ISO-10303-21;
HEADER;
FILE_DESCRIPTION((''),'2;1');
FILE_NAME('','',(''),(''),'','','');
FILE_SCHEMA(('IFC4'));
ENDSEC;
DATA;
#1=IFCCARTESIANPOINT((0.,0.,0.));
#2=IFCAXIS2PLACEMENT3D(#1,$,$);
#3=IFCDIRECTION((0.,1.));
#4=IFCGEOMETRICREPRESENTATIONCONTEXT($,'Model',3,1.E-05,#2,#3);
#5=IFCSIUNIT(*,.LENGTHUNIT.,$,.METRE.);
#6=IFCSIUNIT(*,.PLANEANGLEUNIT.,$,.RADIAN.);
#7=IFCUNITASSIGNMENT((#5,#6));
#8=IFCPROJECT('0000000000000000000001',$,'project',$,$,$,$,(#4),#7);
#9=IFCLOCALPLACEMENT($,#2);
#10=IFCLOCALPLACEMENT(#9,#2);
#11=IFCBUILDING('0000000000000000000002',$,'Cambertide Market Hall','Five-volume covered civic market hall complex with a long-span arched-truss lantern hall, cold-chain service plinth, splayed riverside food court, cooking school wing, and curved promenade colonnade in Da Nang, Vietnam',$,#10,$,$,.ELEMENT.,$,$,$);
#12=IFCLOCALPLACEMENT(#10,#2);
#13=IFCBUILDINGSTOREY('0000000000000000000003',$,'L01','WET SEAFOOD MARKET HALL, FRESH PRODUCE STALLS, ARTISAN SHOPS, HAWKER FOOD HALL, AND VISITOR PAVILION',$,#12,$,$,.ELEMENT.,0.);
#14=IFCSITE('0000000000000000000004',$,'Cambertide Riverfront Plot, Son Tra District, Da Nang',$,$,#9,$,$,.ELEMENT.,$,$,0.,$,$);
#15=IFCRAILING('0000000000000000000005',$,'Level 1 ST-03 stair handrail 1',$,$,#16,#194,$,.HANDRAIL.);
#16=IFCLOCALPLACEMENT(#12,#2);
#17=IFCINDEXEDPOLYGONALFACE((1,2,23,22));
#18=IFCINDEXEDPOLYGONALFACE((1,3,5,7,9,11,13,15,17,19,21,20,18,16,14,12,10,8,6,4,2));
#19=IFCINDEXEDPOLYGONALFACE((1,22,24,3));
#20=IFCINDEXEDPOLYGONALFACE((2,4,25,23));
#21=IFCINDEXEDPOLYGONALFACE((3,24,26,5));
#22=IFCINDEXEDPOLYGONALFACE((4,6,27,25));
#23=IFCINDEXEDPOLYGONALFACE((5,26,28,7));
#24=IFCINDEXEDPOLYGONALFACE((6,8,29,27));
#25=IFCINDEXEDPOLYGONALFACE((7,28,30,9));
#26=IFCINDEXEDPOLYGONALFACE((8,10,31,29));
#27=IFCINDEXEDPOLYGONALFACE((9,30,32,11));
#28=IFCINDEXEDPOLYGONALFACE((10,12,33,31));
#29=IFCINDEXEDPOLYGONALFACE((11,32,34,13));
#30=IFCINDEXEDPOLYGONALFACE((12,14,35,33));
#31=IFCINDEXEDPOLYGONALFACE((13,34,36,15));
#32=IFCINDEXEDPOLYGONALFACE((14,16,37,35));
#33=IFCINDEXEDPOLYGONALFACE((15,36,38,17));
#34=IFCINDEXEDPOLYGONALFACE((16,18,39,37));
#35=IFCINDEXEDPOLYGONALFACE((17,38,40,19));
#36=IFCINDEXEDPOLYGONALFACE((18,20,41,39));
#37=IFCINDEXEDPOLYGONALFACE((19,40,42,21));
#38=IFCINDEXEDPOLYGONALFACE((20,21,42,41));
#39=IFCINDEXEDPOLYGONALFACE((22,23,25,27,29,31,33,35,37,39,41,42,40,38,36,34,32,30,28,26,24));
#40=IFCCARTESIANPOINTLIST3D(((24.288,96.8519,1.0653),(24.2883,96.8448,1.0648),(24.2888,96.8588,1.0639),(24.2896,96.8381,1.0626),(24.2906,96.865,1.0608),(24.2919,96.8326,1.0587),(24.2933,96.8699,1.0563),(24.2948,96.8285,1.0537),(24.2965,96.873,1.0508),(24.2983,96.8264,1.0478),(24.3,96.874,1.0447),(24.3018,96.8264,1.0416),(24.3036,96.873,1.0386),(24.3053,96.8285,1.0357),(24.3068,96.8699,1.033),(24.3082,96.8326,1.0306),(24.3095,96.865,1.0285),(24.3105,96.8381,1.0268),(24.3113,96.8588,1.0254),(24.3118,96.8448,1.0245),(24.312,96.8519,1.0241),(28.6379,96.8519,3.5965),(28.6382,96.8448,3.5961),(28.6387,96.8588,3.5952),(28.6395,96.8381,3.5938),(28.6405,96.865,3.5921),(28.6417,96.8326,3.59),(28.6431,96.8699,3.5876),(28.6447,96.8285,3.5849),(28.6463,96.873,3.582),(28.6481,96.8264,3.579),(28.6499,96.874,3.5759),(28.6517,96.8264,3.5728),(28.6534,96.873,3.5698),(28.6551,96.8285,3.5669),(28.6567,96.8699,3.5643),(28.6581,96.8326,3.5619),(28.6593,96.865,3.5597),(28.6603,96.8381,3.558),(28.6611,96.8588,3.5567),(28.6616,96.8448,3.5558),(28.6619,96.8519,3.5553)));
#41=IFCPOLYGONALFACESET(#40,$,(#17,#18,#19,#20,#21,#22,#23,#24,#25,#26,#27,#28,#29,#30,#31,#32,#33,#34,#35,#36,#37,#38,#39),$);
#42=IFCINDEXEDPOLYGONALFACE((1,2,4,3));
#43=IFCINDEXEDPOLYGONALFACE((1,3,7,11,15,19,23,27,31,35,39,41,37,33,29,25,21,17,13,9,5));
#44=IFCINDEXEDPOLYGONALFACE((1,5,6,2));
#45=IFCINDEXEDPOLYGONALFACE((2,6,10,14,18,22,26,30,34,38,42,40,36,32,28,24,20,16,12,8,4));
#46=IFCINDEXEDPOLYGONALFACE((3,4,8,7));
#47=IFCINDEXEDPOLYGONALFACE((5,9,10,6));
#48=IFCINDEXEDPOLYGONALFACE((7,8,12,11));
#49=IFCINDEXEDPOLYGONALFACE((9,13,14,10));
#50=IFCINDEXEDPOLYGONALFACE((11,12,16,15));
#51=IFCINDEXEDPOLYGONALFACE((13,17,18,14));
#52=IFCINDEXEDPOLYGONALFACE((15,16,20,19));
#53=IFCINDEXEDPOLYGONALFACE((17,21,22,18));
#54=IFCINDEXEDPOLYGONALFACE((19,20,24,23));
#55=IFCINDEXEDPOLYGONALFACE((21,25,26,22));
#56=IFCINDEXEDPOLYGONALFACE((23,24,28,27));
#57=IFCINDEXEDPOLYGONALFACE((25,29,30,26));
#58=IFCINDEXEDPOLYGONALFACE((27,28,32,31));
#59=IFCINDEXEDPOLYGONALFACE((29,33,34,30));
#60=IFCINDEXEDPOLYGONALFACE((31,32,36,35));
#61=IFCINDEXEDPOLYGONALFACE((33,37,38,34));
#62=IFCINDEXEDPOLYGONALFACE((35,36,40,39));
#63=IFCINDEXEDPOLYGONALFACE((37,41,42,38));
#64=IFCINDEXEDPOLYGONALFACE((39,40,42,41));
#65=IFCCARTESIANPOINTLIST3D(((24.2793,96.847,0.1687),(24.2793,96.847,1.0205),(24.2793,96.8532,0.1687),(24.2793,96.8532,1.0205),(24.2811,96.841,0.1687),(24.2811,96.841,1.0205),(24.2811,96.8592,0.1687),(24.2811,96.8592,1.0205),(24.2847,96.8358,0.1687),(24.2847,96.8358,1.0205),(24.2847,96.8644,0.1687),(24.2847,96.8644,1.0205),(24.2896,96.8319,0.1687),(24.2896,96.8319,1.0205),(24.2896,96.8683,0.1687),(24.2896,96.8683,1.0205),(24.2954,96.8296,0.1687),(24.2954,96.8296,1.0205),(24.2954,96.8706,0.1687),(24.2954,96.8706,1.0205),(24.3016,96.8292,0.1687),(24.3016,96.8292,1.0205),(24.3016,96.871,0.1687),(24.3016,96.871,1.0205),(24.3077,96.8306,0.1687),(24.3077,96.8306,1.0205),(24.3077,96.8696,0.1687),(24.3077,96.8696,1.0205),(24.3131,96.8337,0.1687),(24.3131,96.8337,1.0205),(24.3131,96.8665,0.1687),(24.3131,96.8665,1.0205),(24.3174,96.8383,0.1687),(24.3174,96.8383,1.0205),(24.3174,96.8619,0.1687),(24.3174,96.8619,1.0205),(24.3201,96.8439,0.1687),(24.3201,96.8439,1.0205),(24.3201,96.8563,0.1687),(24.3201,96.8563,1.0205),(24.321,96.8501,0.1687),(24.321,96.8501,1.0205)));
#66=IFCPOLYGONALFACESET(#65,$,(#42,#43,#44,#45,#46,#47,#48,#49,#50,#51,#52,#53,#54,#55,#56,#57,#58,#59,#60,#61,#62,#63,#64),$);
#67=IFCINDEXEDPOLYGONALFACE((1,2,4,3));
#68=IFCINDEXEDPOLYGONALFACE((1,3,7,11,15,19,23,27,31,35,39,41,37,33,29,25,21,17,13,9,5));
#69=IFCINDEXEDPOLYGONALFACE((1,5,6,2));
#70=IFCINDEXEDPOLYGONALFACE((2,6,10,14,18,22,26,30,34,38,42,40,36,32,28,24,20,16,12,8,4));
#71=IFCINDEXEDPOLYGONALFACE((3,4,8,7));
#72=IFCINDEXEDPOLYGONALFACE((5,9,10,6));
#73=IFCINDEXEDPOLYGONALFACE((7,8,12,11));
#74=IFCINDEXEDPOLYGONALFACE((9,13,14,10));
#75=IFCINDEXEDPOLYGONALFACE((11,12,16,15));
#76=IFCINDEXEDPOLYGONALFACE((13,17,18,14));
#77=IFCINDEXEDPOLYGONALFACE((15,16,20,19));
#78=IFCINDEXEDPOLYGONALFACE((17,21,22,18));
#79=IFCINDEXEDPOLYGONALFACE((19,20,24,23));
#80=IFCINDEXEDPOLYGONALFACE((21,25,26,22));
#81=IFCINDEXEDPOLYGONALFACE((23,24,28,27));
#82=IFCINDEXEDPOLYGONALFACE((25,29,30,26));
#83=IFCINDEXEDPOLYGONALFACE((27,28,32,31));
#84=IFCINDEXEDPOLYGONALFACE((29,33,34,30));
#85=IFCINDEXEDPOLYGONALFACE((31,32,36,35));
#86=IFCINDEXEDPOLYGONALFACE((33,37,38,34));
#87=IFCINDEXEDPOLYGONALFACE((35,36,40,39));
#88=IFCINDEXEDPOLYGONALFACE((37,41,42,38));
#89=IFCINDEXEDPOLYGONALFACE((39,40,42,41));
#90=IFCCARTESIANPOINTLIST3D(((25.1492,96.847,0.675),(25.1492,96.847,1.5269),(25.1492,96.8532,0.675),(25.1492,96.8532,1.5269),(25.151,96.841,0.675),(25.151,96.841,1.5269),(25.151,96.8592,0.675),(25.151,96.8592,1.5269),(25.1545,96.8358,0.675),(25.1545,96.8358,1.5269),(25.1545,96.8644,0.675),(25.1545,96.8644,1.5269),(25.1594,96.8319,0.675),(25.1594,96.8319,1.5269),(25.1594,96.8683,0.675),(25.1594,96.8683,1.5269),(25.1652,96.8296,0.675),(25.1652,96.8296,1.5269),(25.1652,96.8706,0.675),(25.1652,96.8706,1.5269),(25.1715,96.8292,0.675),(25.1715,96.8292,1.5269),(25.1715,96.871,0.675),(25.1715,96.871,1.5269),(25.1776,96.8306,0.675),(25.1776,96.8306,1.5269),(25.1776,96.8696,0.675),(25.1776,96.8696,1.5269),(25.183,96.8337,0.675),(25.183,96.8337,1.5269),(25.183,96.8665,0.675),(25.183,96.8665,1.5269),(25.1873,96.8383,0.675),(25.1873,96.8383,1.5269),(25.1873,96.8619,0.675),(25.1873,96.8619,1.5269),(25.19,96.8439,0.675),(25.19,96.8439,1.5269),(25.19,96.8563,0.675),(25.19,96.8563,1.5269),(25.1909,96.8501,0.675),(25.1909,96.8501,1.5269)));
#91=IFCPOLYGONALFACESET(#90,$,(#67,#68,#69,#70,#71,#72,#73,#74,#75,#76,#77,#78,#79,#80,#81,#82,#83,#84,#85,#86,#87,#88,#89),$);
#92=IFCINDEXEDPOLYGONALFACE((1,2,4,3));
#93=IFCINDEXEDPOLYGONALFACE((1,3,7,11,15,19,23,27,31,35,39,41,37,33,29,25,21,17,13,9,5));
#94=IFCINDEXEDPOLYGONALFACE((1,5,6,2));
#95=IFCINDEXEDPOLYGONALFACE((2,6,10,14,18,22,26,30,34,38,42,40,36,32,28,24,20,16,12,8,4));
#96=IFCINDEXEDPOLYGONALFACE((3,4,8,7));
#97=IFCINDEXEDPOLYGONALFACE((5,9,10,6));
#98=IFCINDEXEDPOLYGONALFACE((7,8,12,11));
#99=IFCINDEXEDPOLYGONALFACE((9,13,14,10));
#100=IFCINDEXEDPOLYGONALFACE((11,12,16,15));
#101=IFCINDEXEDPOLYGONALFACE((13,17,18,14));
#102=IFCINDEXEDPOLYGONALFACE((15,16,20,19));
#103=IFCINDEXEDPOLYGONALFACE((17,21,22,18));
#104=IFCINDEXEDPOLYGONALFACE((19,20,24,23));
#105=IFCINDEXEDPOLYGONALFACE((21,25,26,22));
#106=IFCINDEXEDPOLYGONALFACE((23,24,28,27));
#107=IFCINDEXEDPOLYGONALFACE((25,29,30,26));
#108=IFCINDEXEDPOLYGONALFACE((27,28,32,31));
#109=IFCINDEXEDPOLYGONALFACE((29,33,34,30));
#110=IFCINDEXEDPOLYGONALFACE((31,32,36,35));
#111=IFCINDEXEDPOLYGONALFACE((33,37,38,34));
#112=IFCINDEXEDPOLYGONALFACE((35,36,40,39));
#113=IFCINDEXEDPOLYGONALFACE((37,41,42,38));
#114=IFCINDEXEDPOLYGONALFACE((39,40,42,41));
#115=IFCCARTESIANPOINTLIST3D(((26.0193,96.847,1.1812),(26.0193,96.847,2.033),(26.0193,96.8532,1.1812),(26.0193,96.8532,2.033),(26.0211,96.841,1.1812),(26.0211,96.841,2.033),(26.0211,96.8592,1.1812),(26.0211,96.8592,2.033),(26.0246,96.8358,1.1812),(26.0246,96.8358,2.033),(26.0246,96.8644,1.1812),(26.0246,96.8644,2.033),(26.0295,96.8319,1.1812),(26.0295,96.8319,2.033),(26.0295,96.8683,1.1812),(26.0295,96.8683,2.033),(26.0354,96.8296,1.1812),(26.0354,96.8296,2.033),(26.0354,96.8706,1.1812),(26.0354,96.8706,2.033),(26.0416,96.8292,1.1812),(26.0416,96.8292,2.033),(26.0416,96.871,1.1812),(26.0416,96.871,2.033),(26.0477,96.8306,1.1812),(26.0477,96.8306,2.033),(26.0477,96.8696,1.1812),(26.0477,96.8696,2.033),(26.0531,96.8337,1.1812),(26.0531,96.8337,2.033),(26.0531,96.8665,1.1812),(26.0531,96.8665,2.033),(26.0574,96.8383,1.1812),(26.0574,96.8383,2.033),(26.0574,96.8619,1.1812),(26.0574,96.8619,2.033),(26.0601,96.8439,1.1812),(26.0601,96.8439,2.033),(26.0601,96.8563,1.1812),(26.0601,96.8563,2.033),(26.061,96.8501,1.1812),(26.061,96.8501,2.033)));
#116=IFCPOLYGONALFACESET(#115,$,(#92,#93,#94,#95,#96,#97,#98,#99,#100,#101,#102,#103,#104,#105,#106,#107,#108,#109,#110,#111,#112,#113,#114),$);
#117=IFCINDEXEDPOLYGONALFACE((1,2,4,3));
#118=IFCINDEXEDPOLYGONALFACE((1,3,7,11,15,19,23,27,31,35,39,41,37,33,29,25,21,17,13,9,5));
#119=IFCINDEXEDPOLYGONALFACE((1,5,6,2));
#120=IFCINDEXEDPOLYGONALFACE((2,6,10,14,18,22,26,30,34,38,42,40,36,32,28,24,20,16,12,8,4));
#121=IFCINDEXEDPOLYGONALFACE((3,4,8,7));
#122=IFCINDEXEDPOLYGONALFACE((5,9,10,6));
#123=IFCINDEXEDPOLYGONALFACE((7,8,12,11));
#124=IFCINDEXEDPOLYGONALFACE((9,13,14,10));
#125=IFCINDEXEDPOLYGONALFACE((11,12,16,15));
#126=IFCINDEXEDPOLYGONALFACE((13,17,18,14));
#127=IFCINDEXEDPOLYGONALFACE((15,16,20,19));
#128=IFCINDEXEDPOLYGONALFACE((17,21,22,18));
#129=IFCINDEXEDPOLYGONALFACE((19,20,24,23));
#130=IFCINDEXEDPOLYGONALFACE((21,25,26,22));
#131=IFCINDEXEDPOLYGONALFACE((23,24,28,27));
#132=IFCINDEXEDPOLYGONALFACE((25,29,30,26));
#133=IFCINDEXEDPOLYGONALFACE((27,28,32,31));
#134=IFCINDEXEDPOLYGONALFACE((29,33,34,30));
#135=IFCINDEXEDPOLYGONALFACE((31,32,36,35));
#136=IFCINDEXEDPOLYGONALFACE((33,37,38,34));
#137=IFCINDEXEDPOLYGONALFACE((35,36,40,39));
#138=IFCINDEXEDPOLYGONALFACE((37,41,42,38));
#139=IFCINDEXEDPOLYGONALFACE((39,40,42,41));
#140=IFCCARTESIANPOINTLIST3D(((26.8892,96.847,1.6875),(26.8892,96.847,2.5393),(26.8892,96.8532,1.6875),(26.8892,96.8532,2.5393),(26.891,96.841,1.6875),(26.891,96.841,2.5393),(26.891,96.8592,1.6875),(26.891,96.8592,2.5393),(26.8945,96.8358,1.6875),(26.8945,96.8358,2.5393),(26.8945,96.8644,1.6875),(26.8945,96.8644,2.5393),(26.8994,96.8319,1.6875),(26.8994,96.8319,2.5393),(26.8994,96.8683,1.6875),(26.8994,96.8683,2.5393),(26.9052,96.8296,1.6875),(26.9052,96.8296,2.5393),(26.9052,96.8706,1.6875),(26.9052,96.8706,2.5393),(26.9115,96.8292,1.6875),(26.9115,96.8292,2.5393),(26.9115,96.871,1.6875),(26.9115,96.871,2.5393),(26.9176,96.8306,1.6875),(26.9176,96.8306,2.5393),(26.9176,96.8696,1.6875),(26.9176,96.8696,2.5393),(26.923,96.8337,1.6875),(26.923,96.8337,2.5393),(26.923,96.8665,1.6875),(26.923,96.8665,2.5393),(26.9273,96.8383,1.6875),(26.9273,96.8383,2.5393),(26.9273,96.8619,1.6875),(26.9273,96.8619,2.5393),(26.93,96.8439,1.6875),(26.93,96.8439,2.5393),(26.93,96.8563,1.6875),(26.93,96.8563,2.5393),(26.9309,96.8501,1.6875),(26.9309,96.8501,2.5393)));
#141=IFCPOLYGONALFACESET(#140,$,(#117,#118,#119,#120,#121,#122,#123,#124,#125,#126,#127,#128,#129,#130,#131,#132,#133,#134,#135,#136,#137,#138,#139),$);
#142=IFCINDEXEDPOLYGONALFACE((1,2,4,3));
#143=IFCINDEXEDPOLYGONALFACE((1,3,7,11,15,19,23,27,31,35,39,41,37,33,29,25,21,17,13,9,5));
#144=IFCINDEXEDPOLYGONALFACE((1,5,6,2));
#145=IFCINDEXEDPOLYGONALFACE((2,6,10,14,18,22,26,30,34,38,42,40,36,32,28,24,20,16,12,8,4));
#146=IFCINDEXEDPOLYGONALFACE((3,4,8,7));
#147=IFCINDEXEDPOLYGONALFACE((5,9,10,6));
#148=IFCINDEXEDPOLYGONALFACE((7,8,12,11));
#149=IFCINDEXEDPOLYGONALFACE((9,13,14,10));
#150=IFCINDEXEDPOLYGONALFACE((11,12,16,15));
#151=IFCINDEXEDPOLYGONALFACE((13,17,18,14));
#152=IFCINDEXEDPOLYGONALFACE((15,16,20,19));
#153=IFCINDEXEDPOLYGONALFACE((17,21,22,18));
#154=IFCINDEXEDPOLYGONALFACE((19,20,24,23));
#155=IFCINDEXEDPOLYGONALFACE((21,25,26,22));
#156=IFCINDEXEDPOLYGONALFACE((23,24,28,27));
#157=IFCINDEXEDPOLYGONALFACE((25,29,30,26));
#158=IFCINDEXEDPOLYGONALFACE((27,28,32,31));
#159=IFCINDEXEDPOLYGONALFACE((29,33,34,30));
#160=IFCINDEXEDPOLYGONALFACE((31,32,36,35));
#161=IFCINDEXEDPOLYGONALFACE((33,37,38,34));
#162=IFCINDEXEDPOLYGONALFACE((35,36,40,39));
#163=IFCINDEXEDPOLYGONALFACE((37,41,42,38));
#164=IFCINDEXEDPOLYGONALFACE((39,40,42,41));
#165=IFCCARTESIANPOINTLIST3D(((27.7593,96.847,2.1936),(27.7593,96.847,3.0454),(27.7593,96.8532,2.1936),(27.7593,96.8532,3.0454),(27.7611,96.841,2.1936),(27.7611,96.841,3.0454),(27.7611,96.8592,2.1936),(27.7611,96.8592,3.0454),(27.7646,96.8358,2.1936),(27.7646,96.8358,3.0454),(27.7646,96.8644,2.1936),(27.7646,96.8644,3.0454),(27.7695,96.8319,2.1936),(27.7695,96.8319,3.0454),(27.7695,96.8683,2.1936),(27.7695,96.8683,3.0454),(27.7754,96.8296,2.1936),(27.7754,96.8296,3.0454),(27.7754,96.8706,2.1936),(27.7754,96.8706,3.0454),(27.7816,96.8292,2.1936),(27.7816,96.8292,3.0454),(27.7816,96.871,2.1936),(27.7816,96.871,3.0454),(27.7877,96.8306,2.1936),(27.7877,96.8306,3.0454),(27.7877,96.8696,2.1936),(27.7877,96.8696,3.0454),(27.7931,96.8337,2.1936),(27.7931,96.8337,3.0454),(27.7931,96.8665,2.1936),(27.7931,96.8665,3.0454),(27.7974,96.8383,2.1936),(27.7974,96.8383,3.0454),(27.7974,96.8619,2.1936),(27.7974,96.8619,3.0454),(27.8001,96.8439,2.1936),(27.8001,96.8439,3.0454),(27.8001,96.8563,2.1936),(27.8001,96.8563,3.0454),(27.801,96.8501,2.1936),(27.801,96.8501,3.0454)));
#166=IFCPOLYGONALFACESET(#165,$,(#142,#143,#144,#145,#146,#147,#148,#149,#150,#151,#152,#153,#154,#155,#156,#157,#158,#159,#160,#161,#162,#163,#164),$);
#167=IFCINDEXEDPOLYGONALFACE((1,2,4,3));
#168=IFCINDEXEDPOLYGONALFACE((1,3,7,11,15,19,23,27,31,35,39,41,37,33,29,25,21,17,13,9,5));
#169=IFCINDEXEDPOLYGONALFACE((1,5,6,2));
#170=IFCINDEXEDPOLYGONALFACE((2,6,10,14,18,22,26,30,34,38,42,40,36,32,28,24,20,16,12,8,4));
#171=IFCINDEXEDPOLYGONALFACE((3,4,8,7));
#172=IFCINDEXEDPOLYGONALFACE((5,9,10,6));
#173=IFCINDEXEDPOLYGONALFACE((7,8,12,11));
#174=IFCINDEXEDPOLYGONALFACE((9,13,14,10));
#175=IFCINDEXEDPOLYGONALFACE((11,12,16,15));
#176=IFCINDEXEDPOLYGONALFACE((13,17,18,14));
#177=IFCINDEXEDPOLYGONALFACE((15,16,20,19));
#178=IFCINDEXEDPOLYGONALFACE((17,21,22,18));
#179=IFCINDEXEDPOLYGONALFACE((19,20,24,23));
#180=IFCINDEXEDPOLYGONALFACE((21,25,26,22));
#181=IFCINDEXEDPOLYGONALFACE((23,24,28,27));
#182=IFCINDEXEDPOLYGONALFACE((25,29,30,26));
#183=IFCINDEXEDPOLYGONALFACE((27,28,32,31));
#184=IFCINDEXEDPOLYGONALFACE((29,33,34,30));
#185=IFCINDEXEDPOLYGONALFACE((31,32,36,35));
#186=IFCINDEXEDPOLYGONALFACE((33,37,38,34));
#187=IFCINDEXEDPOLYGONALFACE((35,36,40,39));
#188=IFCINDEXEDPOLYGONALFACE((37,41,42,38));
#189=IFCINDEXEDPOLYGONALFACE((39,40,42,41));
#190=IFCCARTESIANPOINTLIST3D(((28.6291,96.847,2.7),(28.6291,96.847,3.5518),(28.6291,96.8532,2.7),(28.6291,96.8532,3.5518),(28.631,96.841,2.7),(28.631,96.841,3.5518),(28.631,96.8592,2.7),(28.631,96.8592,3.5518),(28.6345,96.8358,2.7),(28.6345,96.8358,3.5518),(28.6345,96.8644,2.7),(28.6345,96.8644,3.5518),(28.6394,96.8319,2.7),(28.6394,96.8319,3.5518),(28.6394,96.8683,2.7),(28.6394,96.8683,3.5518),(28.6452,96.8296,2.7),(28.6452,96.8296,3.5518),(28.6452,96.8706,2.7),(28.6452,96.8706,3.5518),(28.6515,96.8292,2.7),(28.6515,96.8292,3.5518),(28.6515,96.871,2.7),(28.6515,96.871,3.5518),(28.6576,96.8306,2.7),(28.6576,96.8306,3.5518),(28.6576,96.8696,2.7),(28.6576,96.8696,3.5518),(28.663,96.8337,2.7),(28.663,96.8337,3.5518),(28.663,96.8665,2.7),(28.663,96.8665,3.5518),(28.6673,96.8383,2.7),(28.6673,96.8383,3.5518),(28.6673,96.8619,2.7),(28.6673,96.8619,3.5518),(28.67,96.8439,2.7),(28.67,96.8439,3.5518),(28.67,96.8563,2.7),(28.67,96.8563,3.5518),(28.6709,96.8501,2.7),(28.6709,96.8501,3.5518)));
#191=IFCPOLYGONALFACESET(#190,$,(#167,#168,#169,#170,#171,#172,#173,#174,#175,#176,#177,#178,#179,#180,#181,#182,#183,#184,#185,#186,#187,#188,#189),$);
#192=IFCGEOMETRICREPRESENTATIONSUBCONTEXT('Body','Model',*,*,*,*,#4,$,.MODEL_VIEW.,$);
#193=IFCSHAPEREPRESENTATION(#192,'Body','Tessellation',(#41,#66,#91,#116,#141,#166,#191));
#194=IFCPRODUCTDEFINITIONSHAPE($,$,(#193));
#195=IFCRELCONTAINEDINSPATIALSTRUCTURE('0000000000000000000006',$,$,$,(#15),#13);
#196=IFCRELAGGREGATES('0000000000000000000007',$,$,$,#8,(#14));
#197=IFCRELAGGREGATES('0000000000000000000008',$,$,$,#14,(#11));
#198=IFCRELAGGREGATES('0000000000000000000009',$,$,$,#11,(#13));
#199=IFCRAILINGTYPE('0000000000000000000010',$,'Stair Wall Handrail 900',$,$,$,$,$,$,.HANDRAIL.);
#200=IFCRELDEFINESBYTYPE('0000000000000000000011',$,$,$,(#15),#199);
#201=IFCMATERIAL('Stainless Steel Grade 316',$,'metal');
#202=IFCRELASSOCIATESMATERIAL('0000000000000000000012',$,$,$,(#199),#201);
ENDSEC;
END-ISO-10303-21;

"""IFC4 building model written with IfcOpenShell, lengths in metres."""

from ifc_helpers import new_model, si_unit, direction, frame, origin, origin_2d, place, context, subcontext, project, spatial, circle, extrude, material, type_object, element, save


model = new_model("IFC4")

# Units and contexts
model_context = context("Model", 3, precision=1e-05, world=origin(), true_north=direction((0.0, 1.0)))
body_context = subcontext(model_context, "Body", "Model", "MODEL_VIEW")
ifc_project = project(units=[si_unit("LENGTHUNIT", "METRE"), si_unit("PLANEANGLEUNIT", "RADIAN")], contexts=[model_context])

# Site, building, storey
site_placement = place(None, origin())
site = spatial("IfcSite", under=ifc_project, at=site_placement, Name="Cambertide Riverfront Plot, Son Tra District, Da Nang", CompositionType="ELEMENT", RefElevation=0.0)
building_placement = place(site_placement, origin())
building = spatial("IfcBuilding", under=site, at=building_placement, Name="Cambertide Market Hall", Description="Five-volume covered civic market hall complex with a long-span arched-truss lantern hall, cold-chain service plinth, splayed riverside food court, cooking school wing, and curved promenade colonnade in Da Nang, Vietnam", CompositionType="ELEMENT")
storey_placement = place(building_placement, origin())
storey = spatial("IfcBuildingStorey", under=building, at=storey_placement, Name="L01", Description="WET SEAFOOD MARKET HALL, FRESH PRODUCE STALLS, ARTISAN SHOPS, HAWKER FOOD HALL, AND VISITOR PAVILION", CompositionType="ELEMENT", Elevation=0.0)

# Railing
ifc_material_1 = material(Name="Stainless Steel Grade 316", Category="metal")
railing_type_1 = type_object("IfcRailingType", Name="Stair Wall Handrail 900", PredefinedType="HANDRAIL", material=ifc_material_1)
railing_1_placement = place(storey_placement, frame((24.3, 96.8501, 0.1687)))
element("IfcRailing", 1, at=railing_1_placement, inside=storey, type_object=railing_type_1, Name="Level 1 ST-03 stair handrail 1", PredefinedType="HANDRAIL", context=body_context, shape_type="SweptSolid", body=[
    extrude(circle(Radius=0.0239, at=origin_2d()), frame((0.0, 0.0, 0.876), z_axis=(0.864312, 0.0, 0.502957), x_axis=(0.0, 1.0, 0.0)), (0.0, 0.0, 1.0), 5.0327),
    extrude(circle(Radius=0.021, at=origin_2d()), origin(), (0.0, 0.0, 1.0), 0.8518),
    extrude(circle(Radius=0.021, at=origin_2d()), frame((0.8699, 0.0, 0.5063)), (0.0, 0.0, 1.0), 0.8518),
    extrude(circle(Radius=0.021, at=origin_2d()), frame((1.74, 0.0, 1.0125)), (0.0, 0.0, 1.0), 0.8518),
    extrude(circle(Radius=0.021, at=origin_2d()), frame((2.6099, 0.0, 1.5188)), (0.0, 0.0, 1.0), 0.8518),
    extrude(circle(Radius=0.021, at=origin_2d()), frame((3.48, 0.0, 2.0249)), (0.0, 0.0, 1.0), 0.8518),
    extrude(circle(Radius=0.021, at=origin_2d()), frame((4.3499, 0.0, 2.5312)), (0.0, 0.0, 1.0), 0.8518),
])

save(model, "model.ifc")
